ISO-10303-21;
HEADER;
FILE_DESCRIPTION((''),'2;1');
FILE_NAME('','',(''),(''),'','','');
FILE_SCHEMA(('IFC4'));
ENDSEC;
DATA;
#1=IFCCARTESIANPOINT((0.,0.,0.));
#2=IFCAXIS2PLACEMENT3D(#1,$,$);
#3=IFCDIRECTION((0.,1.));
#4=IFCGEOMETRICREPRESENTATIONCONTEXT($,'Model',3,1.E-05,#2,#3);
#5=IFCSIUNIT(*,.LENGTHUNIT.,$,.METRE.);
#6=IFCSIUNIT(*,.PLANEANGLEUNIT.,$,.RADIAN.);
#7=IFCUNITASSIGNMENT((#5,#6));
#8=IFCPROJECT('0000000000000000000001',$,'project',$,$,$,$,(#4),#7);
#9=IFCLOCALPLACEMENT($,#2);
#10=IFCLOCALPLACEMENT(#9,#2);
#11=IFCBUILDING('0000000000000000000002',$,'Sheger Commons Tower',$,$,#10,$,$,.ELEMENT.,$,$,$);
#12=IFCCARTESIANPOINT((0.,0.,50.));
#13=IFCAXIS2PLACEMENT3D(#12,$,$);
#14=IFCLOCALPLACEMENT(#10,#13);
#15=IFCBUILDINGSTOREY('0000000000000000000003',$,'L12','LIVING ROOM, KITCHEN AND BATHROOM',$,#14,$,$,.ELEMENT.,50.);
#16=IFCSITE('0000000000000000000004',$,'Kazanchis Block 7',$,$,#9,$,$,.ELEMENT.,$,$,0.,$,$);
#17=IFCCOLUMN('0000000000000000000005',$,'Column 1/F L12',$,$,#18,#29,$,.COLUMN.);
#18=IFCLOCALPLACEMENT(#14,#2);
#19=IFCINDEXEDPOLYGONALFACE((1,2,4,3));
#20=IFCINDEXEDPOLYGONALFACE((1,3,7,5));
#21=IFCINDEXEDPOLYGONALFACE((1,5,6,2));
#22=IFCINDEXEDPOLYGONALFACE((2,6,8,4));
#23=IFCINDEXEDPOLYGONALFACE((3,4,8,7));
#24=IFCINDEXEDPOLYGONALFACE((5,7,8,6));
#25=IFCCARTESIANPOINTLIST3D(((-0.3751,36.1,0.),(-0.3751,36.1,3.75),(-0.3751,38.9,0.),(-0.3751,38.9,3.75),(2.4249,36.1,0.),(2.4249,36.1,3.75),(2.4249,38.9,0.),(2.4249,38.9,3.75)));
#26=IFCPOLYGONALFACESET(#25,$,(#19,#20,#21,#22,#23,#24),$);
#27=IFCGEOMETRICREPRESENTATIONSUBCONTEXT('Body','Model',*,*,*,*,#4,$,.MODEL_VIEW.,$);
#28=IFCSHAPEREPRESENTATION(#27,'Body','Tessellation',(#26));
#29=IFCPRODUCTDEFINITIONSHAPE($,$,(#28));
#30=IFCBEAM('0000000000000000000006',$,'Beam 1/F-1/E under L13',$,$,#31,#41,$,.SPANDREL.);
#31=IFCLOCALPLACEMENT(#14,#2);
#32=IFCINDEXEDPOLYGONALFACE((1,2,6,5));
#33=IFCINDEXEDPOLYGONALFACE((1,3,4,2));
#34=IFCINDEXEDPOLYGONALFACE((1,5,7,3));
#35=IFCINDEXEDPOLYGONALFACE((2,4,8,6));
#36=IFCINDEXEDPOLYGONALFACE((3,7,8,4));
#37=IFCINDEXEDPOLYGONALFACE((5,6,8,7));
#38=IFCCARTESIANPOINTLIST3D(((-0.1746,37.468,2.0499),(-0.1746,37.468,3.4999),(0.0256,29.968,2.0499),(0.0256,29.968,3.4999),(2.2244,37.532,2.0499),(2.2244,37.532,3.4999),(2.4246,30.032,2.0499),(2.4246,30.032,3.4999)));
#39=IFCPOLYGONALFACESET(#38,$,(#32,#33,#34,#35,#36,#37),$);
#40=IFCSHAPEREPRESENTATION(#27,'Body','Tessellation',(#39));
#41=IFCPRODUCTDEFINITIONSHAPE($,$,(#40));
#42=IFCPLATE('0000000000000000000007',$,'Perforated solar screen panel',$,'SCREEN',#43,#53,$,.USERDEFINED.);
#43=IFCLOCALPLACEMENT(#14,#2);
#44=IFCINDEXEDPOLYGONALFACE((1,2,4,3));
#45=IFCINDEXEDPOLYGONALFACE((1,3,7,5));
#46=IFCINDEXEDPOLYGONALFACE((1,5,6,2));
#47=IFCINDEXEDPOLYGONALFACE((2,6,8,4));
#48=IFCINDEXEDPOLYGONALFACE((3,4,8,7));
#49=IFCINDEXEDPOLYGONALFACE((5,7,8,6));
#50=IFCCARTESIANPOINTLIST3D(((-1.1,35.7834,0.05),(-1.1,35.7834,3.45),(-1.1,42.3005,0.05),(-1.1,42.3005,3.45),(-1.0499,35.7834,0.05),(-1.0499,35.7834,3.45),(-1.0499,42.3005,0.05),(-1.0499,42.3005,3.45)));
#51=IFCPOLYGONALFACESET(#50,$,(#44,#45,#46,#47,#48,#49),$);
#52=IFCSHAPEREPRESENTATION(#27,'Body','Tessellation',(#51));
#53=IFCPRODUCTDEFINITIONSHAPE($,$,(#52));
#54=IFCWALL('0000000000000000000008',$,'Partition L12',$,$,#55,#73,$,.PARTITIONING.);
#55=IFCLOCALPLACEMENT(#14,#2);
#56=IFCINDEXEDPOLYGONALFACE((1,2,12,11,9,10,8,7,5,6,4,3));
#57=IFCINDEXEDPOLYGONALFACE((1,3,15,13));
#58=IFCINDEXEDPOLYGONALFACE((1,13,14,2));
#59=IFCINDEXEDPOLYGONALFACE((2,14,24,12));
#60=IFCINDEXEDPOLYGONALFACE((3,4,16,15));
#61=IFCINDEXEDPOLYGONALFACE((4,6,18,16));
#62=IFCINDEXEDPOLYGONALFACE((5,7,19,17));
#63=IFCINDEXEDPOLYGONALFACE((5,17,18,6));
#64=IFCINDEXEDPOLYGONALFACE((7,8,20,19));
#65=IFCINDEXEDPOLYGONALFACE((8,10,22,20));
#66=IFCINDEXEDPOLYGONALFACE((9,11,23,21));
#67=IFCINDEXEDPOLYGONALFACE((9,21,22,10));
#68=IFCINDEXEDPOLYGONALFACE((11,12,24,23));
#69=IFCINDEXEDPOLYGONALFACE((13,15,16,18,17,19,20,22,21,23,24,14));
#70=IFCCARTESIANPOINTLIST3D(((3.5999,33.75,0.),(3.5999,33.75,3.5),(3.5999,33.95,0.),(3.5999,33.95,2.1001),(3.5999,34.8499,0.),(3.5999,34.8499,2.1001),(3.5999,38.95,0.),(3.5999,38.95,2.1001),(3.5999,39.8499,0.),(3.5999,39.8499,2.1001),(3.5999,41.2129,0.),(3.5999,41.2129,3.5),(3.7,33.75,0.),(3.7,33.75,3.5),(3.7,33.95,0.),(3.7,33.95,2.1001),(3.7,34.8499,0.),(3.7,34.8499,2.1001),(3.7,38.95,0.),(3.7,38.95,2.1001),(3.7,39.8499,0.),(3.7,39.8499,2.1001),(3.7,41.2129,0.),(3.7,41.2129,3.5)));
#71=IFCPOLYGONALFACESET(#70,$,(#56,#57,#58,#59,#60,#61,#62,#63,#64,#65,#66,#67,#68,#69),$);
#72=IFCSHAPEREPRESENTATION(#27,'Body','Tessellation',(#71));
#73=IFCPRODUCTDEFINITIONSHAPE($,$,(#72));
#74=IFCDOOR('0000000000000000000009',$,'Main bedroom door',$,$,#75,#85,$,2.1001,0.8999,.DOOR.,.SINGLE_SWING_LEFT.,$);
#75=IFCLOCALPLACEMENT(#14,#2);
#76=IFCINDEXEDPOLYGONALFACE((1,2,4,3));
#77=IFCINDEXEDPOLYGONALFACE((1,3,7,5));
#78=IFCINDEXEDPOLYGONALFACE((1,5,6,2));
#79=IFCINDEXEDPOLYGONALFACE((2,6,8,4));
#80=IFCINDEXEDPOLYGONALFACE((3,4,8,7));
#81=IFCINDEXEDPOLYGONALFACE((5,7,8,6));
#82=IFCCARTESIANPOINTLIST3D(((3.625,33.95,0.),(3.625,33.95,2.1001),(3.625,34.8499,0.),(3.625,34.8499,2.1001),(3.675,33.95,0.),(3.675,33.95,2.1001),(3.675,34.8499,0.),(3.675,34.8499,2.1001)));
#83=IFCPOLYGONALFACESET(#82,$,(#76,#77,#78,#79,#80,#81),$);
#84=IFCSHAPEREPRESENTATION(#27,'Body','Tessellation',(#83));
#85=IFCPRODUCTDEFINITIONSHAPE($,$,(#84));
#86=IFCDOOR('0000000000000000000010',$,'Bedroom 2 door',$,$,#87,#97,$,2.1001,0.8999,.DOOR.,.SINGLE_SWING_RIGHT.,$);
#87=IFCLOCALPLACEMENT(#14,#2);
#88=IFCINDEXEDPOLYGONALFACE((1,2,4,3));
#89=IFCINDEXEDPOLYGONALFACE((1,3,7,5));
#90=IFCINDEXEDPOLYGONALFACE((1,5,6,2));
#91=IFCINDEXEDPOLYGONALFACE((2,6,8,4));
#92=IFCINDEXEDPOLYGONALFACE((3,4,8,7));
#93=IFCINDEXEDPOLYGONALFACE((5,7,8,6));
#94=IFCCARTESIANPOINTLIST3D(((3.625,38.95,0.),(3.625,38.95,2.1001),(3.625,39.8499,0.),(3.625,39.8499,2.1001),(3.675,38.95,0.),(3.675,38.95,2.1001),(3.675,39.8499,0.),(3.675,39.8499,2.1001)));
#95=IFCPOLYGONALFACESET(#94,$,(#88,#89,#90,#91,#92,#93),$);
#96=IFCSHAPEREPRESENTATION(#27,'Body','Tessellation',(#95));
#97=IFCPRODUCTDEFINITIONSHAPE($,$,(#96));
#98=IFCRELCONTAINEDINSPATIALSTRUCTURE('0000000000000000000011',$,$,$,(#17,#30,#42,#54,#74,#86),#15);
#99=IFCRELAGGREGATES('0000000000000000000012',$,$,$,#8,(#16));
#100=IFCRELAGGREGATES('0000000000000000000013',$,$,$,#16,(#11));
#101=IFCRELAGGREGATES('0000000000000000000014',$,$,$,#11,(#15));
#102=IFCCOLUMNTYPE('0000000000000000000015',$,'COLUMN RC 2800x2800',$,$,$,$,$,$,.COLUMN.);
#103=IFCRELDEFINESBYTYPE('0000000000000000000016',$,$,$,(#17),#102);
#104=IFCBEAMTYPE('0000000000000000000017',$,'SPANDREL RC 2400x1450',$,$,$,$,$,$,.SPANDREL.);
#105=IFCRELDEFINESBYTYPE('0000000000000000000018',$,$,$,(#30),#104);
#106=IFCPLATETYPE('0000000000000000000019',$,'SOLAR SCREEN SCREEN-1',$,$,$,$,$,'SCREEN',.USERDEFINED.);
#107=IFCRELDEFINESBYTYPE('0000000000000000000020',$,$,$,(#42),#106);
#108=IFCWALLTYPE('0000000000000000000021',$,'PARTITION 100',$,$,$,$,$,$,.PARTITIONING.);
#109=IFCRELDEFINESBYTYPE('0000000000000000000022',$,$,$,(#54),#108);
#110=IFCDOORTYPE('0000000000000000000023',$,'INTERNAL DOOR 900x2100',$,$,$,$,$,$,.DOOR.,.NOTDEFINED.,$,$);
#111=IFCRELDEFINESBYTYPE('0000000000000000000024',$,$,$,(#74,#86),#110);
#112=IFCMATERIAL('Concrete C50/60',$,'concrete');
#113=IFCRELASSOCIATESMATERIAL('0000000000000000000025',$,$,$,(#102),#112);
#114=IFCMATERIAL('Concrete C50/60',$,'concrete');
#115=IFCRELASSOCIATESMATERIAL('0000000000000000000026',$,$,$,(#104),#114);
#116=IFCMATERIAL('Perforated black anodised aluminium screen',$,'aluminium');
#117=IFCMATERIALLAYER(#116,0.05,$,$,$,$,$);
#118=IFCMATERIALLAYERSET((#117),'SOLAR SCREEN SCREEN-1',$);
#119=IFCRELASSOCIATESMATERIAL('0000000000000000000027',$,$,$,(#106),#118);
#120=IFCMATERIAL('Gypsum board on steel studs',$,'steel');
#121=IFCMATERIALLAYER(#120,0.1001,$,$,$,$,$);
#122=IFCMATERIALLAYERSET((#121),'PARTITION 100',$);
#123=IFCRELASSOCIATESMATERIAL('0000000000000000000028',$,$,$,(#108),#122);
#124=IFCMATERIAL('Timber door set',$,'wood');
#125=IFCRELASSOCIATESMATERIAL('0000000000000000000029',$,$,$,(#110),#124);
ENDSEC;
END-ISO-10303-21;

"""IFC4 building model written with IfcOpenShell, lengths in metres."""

from ifc_helpers import new_model, si_unit, direction, frame, frame_2d, origin, origin_2d, place, context, subcontext, project, spatial, rectangle, extrude, material, layer, layer_set, material_profile, profile_set, type_object, element, fill, save


model = new_model("IFC4")

# Units and contexts
model_context = context("Model", 3, precision=1e-05, world=origin(), true_north=direction((0.0, 1.0)))
body_context = subcontext(model_context, "Body", "Model", "MODEL_VIEW")
ifc_project = project(units=[si_unit("LENGTHUNIT", "METRE"), si_unit("PLANEANGLEUNIT", "RADIAN")], contexts=[model_context])

# Site, building, storey
site_placement = place(None, origin())
site = spatial("IfcSite", under=ifc_project, at=site_placement, Name="Kazanchis Block 7", CompositionType="ELEMENT", RefElevation=0.0)
building_placement = place(site_placement, origin())
building = spatial("IfcBuilding", under=site, at=building_placement, Name="Sheger Commons Tower", CompositionType="ELEMENT")
storey_placement = place(building_placement, frame((0.0, 0.0, 50.0)))
storey = spatial("IfcBuildingStorey", under=building, at=storey_placement, Name="L12", Description="LIVING ROOM, KITCHEN AND BATHROOM", CompositionType="ELEMENT", Elevation=50.0)

# Column
ifc_material_1 = material(Name="Concrete C50/60", Category="concrete")
ifc_material_profile_1 = material_profile(ifc_material_1, rectangle(XDim=2.8, YDim=2.8, at=origin_2d()), Name="RC 2800x2800")
ifc_profile_set_1 = profile_set([ifc_material_profile_1], Name="Concrete C50/60")
column_type = type_object("IfcColumnType", Name="COLUMN RC 2800x2800", PredefinedType="COLUMN", material=ifc_profile_set_1)
column_placement = place(storey_placement, frame((1.0249, 37.5, 0.0), z_axis=(0.0, 0.0, 1.0), x_axis=(1.0, 0.0, 0.0)))
element("IfcColumn", 1, at=column_placement, inside=storey, type_object=column_type, Name="Column 1/F L12", PredefinedType="COLUMN", context=body_context, shape_type="SweptSolid", body=[
    extrude(rectangle(XDim=2.8, YDim=2.8, at=origin_2d()), origin(), (0.0, 0.0, 1.0), 3.75),
])

# Beam
ifc_material_2 = material(Name="Concrete C50/60", Category="concrete")
ifc_material_profile_2 = material_profile(ifc_material_2, rectangle(XDim=2.3999, YDim=1.45, at=origin_2d()), Name="RC 2400x1450")
ifc_profile_set_2 = profile_set([ifc_material_profile_2], Name="Concrete C50/60")
beam_type = type_object("IfcBeamType", Name="SPANDREL RC 2400x1450", PredefinedType="SPANDREL", material=ifc_profile_set_2)
beam_placement = place(storey_placement, frame((1.0249, 37.5, 2.7749), z_axis=(0.026683, -0.999644, 0.0), x_axis=(0.999644, 0.026683, 0.0)))
element("IfcBeam", 2, at=beam_placement, inside=storey, type_object=beam_type, Name="Beam 1/F-1/E under L13", PredefinedType="SPANDREL", context=body_context, shape_type="SweptSolid", body=[
    extrude(rectangle(XDim=2.3999, YDim=1.45, at=origin_2d()), origin(), (0.0, 0.0, 1.0), 7.5027),
])

# Plate
ifc_material_3 = material(Name="Perforated black anodised aluminium screen", Category="aluminium")
ifc_layer_1 = layer(ifc_material_3, 0.05)
ifc_layer_set_1 = layer_set([ifc_layer_1], Name="SOLAR SCREEN SCREEN-1")
plate_type = type_object("IfcPlateType", Name="SOLAR SCREEN SCREEN-1", ElementType="SCREEN", PredefinedType="USERDEFINED", material=ifc_layer_set_1)
plate_placement = place(storey_placement, frame((-1.075, 39.042, 0.05), z_axis=(0.0, 0.0, 1.0), x_axis=(0.0, -1.0, 0.0)))
element("IfcPlate", 3, at=plate_placement, inside=storey, type_object=plate_type, Name="Perforated solar screen panel", ObjectType="SCREEN", PredefinedType="USERDEFINED", context=body_context, shape_type="SweptSolid", body=[
    extrude(rectangle(XDim=6.5171, YDim=0.05, at=origin_2d()), origin(), (0.0, 0.0, 1.0), 3.3999),
])

# Wall, openings, doors
ifc_material_4 = material(Name="Gypsum board on steel studs", Category="steel")
ifc_layer_2 = layer(ifc_material_4, 0.1001)
ifc_layer_set_2 = layer_set([ifc_layer_2], Name="PARTITION 100")
wall_type = type_object("IfcWallType", Name="PARTITION 100", PredefinedType="PARTITIONING", material=ifc_layer_set_2)
wall_1_placement = place(storey_placement, frame((3.6499, 33.75, 0.0), z_axis=(0.0, 0.0, 1.0), x_axis=(0.0, 1.0, 0.0)))
wall_1 = element("IfcWall", 4, at=wall_1_placement, inside=storey, type_object=wall_type, Name="Partition L12", PredefinedType="PARTITIONING", context=body_context, shape_type="SweptSolid", body=[
    extrude(rectangle(XDim=7.4629, YDim=0.1001, at=frame_2d((3.7314, 0.0))), origin(), (0.0, 0.0, 1.0), 3.5),
])
opening_1_placement = place(wall_1_placement, frame((0.2, 0.0, 0.0)))
opening_1 = element("IfcOpeningElement", 5, at=opening_1_placement, cuts=wall_1, PredefinedType="OPENING", context=body_context, shape_type="SweptSolid", body=[
    extrude(rectangle(XDim=0.8999, YDim=2.1001, at=frame_2d((0.45, 1.05))), frame((0.0, 0.0601, 0.0), z_axis=(0.0, -1.0, 0.0), x_axis=(1.0, 0.0, 0.0)), (0.0, 0.0, 1.0), 0.1201),
])
opening_2_placement = place(wall_1_placement, frame((5.2, 0.0, 0.0)))
opening_2 = element("IfcOpeningElement", 6, at=opening_2_placement, cuts=wall_1, PredefinedType="OPENING", context=body_context, shape_type="SweptSolid", body=[
    extrude(rectangle(XDim=0.8999, YDim=2.1001, at=frame_2d((0.45, 1.05))), frame((0.0, 0.0601, 0.0), z_axis=(0.0, -1.0, 0.0), x_axis=(1.0, 0.0, 0.0)), (0.0, 0.0, 1.0), 0.1201),
])
ifc_material_5 = material(Name="Timber door set", Category="wood")
door_type = type_object("IfcDoorType", Name="INTERNAL DOOR 900x2100", OperationType="NOTDEFINED", PredefinedType="DOOR", material=ifc_material_5)
door_1_placement = place(opening_1_placement, origin())
door_1 = element("IfcDoor", 7, at=door_1_placement, inside=storey, type_object=door_type, Name="Main bedroom door", OperationType="SINGLE_SWING_LEFT", OverallHeight=2.1001, OverallWidth=0.8999, PredefinedType="DOOR", context=body_context, shape_type="SweptSolid", body=[
    extrude(rectangle(XDim=0.8999, YDim=2.1001, at=frame_2d((0.45, 1.05))), frame((0.0, 0.0249, 0.0), z_axis=(0.0, -1.0, 0.0), x_axis=(1.0, 0.0, 0.0)), (0.0, 0.0, 1.0), 0.05),
])
fill(opening_1, door_1)
door_2_placement = place(opening_2_placement, origin())
door_2 = element("IfcDoor", 8, at=door_2_placement, inside=storey, type_object=door_type, Name="Bedroom 2 door", OperationType="SINGLE_SWING_RIGHT", OverallHeight=2.1001, OverallWidth=0.8999, PredefinedType="DOOR", context=body_context, shape_type="SweptSolid", body=[
    extrude(rectangle(XDim=0.8999, YDim=2.1001, at=frame_2d((0.45, 1.05))), frame((0.0, 0.0249, 0.0), z_axis=(0.0, -1.0, 0.0), x_axis=(1.0, 0.0, 0.0)), (0.0, 0.0, 1.0), 0.05),
])
fill(opening_2, door_2)

save(model, "model.ifc")
